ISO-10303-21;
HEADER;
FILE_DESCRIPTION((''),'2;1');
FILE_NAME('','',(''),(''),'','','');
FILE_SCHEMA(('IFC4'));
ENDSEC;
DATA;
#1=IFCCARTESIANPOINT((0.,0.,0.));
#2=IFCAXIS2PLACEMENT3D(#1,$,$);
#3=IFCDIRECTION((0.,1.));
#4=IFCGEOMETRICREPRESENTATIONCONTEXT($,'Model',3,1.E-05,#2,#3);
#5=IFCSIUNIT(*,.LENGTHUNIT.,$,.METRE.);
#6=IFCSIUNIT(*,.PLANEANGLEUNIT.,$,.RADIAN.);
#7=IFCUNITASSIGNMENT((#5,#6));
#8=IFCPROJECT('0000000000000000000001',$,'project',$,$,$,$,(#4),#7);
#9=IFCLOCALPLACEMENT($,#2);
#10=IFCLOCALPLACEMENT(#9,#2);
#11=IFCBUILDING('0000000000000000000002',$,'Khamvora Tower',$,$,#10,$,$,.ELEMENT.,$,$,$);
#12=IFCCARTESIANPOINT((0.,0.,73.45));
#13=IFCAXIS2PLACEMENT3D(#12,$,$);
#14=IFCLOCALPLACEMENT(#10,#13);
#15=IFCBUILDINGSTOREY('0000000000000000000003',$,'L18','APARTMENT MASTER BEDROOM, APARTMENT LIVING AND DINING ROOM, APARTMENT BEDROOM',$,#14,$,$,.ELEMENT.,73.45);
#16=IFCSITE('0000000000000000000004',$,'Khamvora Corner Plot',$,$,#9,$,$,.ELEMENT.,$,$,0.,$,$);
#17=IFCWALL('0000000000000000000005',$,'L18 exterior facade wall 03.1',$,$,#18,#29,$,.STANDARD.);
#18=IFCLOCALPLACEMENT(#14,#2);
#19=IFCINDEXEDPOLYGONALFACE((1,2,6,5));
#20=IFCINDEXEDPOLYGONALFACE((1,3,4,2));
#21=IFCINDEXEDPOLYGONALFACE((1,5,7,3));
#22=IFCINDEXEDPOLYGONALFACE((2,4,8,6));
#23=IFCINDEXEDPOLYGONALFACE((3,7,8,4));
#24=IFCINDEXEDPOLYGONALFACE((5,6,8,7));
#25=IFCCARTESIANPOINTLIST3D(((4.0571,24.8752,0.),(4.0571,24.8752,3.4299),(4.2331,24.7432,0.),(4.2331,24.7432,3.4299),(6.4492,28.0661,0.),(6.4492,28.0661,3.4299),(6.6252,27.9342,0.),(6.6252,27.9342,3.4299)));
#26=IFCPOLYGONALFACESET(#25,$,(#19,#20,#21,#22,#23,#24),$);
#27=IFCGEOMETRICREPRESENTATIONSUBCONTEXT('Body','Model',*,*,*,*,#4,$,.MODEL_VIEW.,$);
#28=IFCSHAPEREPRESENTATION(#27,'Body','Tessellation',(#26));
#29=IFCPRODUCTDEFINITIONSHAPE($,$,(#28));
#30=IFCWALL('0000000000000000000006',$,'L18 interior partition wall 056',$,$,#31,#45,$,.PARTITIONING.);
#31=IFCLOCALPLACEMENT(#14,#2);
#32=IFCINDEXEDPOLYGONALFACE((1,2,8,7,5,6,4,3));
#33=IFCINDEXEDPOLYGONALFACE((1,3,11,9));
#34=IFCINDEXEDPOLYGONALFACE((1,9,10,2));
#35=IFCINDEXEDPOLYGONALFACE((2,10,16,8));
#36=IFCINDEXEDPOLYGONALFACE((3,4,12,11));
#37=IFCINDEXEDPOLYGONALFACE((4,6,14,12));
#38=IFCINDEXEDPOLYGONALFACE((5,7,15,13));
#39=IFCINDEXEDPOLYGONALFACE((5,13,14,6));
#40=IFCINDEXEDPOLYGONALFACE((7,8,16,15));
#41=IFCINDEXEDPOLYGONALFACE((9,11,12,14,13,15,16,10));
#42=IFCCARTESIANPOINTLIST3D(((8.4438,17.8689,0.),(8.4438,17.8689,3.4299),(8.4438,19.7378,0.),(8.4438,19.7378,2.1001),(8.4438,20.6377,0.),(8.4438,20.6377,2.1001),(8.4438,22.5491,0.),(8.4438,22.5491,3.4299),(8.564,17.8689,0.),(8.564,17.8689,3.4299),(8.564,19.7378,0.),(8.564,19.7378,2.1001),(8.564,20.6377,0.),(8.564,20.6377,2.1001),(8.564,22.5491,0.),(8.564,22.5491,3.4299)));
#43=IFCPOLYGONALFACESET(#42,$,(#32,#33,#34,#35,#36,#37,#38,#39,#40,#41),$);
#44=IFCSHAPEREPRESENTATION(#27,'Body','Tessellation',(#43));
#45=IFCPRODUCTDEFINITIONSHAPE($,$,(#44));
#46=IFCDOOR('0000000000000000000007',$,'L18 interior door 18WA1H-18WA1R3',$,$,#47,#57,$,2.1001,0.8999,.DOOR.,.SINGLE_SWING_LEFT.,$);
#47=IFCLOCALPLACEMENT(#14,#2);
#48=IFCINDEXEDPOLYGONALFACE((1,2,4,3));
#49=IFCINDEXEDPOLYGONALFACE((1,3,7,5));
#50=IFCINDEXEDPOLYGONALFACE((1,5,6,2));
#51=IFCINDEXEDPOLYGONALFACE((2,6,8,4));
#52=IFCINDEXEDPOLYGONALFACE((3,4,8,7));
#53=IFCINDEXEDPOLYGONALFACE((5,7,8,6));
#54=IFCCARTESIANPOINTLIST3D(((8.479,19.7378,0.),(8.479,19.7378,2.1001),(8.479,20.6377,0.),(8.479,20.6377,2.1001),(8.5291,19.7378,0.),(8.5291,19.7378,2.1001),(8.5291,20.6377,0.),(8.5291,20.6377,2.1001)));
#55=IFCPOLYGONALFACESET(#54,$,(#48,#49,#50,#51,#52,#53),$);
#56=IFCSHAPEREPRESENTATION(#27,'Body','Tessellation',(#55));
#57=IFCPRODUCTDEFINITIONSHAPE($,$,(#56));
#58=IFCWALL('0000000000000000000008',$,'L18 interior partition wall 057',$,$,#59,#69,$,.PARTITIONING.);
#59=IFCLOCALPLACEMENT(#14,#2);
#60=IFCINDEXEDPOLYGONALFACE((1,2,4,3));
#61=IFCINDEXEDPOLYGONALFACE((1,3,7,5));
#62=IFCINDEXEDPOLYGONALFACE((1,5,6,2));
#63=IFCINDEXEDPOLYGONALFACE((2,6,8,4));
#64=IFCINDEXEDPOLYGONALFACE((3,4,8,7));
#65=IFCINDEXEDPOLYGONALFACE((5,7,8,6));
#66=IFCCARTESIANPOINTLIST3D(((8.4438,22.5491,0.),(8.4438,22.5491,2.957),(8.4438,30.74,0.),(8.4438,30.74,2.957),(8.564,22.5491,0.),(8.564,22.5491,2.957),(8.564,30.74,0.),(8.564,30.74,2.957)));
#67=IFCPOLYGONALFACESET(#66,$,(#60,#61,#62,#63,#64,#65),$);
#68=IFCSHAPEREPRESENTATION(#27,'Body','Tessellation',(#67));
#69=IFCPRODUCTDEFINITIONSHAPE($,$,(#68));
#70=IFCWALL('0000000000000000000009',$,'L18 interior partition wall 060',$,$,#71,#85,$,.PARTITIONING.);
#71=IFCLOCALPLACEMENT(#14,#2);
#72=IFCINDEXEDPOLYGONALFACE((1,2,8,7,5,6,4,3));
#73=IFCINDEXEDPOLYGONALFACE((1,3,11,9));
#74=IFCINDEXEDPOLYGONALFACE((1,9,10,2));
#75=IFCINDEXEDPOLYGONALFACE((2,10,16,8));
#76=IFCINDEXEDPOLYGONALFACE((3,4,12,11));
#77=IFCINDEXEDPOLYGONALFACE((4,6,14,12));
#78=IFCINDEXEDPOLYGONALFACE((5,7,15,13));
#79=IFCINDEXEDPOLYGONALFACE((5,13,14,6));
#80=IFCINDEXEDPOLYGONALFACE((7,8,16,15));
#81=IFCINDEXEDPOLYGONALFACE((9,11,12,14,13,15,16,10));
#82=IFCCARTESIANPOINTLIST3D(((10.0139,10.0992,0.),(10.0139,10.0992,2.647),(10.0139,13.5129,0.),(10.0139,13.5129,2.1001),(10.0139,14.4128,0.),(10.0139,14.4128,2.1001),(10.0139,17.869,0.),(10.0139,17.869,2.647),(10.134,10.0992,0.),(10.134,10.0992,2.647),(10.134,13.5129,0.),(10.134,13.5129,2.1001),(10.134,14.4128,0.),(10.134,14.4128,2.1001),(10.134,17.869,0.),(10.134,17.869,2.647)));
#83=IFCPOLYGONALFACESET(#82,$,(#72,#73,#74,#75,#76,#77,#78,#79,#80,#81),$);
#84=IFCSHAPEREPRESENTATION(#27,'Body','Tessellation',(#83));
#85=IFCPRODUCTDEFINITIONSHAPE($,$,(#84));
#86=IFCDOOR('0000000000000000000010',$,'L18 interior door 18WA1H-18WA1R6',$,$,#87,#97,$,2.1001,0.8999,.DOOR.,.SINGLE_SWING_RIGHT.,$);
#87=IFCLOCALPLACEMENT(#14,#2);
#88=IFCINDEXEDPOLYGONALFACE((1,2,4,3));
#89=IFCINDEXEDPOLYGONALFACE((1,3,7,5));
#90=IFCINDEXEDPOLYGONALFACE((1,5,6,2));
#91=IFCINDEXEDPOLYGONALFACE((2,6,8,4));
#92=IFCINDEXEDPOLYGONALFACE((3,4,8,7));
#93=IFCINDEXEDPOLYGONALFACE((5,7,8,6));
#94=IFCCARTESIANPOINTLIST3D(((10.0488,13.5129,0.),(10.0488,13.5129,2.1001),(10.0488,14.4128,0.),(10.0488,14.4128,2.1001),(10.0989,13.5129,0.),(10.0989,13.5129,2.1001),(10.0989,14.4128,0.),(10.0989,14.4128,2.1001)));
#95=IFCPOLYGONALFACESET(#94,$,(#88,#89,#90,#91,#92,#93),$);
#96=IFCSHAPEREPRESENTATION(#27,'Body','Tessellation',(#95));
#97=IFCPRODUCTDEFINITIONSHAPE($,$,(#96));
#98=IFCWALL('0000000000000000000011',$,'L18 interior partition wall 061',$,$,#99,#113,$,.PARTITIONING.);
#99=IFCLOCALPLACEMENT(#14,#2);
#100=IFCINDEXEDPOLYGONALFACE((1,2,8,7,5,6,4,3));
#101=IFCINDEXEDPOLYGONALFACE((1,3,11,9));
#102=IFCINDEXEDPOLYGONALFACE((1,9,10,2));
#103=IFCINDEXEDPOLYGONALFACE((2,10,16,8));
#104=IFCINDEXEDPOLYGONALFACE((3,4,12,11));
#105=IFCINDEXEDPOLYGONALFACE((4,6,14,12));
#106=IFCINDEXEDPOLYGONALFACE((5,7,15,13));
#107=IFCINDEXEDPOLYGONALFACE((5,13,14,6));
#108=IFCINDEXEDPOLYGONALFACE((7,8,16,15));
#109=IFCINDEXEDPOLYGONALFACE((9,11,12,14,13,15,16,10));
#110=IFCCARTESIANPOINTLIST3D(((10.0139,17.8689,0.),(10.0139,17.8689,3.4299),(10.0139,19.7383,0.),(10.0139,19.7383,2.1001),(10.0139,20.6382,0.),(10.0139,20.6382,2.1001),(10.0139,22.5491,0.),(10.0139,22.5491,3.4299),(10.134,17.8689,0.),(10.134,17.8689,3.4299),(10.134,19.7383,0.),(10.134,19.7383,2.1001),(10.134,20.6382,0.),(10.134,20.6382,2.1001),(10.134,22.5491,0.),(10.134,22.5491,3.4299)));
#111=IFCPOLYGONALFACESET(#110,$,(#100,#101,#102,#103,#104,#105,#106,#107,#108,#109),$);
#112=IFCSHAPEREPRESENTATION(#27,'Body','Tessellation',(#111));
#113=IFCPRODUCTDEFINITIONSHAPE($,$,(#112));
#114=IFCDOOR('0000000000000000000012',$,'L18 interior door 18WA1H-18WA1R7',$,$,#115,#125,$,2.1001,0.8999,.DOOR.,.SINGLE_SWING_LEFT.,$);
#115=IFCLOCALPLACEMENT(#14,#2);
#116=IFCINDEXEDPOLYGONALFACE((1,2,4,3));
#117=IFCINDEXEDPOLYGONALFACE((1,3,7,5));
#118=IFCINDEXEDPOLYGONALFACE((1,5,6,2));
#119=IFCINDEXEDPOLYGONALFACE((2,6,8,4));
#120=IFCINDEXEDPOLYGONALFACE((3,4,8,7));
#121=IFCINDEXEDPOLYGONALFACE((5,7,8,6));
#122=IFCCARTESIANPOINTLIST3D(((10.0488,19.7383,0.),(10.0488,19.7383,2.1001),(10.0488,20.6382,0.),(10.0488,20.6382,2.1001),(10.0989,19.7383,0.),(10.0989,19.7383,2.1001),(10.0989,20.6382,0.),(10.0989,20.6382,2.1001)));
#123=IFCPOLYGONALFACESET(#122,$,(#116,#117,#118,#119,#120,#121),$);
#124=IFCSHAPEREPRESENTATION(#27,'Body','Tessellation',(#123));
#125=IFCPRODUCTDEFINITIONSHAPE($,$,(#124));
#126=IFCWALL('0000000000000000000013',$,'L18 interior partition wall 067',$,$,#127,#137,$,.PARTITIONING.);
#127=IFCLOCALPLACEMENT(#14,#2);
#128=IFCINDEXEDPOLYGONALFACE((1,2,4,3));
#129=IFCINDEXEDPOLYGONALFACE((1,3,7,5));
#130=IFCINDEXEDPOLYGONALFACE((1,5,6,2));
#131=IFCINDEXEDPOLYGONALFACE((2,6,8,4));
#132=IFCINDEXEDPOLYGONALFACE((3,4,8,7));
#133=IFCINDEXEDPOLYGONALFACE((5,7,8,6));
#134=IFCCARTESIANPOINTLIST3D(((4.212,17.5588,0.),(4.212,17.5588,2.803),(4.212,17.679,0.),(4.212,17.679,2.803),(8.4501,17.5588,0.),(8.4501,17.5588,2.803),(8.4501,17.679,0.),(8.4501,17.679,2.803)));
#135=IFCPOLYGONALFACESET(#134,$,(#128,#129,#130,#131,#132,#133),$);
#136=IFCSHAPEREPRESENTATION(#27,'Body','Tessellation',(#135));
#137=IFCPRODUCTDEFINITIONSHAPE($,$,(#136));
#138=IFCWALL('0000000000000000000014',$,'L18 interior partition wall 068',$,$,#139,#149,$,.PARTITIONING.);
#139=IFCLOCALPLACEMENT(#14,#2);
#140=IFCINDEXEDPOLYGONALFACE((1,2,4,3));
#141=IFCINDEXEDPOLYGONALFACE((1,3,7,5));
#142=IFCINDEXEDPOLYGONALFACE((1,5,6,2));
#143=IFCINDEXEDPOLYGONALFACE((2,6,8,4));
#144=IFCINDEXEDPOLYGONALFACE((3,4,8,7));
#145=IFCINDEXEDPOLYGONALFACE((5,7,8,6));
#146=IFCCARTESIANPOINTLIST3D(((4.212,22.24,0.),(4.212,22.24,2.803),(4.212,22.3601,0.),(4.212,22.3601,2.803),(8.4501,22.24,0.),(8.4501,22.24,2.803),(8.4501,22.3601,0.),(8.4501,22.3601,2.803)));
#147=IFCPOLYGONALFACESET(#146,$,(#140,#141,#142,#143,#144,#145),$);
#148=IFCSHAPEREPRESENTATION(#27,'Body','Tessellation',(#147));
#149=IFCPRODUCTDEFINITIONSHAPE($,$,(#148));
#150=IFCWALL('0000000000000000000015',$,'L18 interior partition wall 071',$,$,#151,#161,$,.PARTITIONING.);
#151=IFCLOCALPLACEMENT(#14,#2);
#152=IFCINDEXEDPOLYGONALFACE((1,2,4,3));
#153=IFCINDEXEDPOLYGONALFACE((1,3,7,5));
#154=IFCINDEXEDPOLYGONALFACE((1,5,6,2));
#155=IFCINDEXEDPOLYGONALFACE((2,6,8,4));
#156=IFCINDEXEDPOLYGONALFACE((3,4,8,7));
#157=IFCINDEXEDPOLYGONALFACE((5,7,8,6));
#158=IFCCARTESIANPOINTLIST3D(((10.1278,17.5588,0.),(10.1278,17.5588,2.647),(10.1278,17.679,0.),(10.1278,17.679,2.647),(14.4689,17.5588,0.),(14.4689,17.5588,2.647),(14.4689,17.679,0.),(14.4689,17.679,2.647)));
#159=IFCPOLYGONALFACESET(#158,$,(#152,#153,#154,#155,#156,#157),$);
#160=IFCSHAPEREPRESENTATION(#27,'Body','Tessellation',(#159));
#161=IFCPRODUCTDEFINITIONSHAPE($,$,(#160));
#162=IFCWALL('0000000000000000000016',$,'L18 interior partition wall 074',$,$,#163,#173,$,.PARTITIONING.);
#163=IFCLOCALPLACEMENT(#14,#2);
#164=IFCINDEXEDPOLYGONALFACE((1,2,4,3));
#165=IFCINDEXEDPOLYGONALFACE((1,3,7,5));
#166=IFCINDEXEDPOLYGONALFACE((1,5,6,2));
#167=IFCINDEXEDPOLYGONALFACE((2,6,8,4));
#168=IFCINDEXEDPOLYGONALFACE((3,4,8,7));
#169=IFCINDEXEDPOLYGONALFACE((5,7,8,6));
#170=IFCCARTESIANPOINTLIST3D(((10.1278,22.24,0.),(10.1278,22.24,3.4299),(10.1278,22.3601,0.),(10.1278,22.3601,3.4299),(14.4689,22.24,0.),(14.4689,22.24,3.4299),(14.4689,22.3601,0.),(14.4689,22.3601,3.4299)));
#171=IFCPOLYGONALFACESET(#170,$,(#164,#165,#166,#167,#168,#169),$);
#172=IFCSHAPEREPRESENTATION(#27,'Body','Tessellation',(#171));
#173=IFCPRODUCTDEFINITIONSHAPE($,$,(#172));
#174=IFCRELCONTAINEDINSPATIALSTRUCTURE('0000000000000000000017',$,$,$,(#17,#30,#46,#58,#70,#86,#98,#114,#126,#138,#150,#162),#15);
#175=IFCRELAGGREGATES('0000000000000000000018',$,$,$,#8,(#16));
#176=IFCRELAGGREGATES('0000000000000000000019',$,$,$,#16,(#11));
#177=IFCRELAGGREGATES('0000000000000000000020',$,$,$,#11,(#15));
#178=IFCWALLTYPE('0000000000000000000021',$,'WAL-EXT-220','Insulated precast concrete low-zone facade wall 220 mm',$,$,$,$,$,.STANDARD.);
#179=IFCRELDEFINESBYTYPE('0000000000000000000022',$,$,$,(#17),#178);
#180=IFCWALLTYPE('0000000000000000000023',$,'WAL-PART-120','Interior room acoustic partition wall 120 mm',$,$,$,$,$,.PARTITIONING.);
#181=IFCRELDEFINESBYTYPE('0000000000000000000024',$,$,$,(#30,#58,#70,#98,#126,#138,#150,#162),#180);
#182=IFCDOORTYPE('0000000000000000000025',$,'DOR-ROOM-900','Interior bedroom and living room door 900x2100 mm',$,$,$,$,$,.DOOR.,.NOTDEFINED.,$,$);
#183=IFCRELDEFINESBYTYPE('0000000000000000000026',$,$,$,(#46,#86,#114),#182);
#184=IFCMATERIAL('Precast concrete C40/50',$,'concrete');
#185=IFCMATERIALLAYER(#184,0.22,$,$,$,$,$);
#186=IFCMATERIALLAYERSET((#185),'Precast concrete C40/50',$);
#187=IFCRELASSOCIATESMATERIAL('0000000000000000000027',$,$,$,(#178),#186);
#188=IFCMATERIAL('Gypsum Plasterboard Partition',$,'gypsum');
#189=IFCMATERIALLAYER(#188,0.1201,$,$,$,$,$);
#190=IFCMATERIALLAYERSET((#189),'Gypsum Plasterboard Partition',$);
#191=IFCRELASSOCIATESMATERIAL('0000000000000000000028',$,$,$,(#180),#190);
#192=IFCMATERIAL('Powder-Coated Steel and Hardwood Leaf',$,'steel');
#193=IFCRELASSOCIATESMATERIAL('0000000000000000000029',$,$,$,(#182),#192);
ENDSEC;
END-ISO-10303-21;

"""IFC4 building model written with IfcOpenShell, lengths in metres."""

from ifc_helpers import new_model, si_unit, direction, frame, frame_2d, origin, place, context, subcontext, project, spatial, rectangle, extrude, material, layer, layer_set, type_object, element, fill, save


model = new_model("IFC4")

# Units and contexts
model_context = context("Model", 3, precision=1e-05, world=origin(), true_north=direction((0.0, 1.0)))
body_context = subcontext(model_context, "Body", "Model", "MODEL_VIEW")
ifc_project = project(units=[si_unit("LENGTHUNIT", "METRE"), si_unit("PLANEANGLEUNIT", "RADIAN")], contexts=[model_context])

# Site, building, storey
site_placement = place(None, origin())
site = spatial("IfcSite", under=ifc_project, at=site_placement, Name="Khamvora Corner Plot", CompositionType="ELEMENT", RefElevation=0.0)
building_placement = place(site_placement, origin())
building = spatial("IfcBuilding", under=site, at=building_placement, Name="Khamvora Tower", CompositionType="ELEMENT")
storey_placement = place(building_placement, frame((0.0, 0.0, 73.45)))
storey = spatial("IfcBuildingStorey", under=building, at=storey_placement, Name="L18", Description="APARTMENT MASTER BEDROOM, APARTMENT LIVING AND DINING ROOM, APARTMENT BEDROOM", CompositionType="ELEMENT", Elevation=73.45)

# Wall
ifc_material_1 = material(Name="Precast concrete C40/50", Category="concrete")
ifc_layer_1 = layer(ifc_material_1, 0.22)
ifc_layer_set_1 = layer_set([ifc_layer_1], Name="Precast concrete C40/50")
wall_type_1 = type_object("IfcWallType", Name="WAL-EXT-220", Description="Insulated precast concrete low-zone facade wall 220 mm", PredefinedType="STANDARD", material=ifc_layer_set_1)
wall_1_placement = place(storey_placement, frame((4.145, 24.8091, 0.0), z_axis=(0.0, 0.0, 1.0), x_axis=(0.599824, 0.800132, 0.0)))
element("IfcWall", 1, at=wall_1_placement, inside=storey, type_object=wall_type_1, Name="L18 exterior facade wall 03.1", PredefinedType="STANDARD", context=body_context, shape_type="SweptSolid", body=[
    extrude(rectangle(XDim=3.988, YDim=0.22, at=frame_2d((1.9941, 0.0))), origin(), (0.0, 0.0, 1.0), 3.4299),
])

# Wall, opening, door
ifc_material_2 = material(Name="Gypsum Plasterboard Partition", Category="gypsum")
ifc_layer_2 = layer(ifc_material_2, 0.1201)
ifc_layer_set_2 = layer_set([ifc_layer_2], Name="Gypsum Plasterboard Partition")
wall_type_2 = type_object("IfcWallType", Name="WAL-PART-120", Description="Interior room acoustic partition wall 120 mm", PredefinedType="PARTITIONING", material=ifc_layer_set_2)
wall_2_placement = place(storey_placement, frame((8.5039, 17.8689, 0.0), z_axis=(0.0, 0.0, 1.0), x_axis=(0.0, 1.0, 0.0)))
wall_2 = element("IfcWall", 2, at=wall_2_placement, inside=storey, type_object=wall_type_2, Name="L18 interior partition wall 056", PredefinedType="PARTITIONING", context=body_context, shape_type="SweptSolid", body=[
    extrude(rectangle(XDim=4.6802, YDim=0.1201, at=frame_2d((2.3401, 0.0))), origin(), (0.0, 0.0, 1.0), 3.4299),
])
opening_1_placement = place(wall_2_placement, frame((1.8689, 0.0, 0.0)))
opening_1 = element("IfcOpeningElement", 3, at=opening_1_placement, cuts=wall_2, PredefinedType="OPENING", context=body_context, shape_type="SweptSolid", body=[
    extrude(rectangle(XDim=0.8999, YDim=2.1001, at=frame_2d((0.45, 1.05))), frame((0.0, 0.0701, 0.0), z_axis=(0.0, -1.0, 0.0), x_axis=(1.0, 0.0, 0.0)), (0.0, 0.0, 1.0), 0.1401),
])
ifc_material_3 = material(Name="Powder-Coated Steel and Hardwood Leaf", Category="steel")
door_type = type_object("IfcDoorType", Name="DOR-ROOM-900", Description="Interior bedroom and living room door 900x2100 mm", OperationType="NOTDEFINED", PredefinedType="DOOR", material=ifc_material_3)
door_1_placement = place(opening_1_placement, origin())
door_1 = element("IfcDoor", 4, at=door_1_placement, inside=storey, type_object=door_type, Name="L18 interior door 18WA1H-18WA1R3", OperationType="SINGLE_SWING_LEFT", OverallHeight=2.1001, OverallWidth=0.8999, PredefinedType="DOOR", context=body_context, shape_type="SweptSolid", body=[
    extrude(rectangle(XDim=0.8999, YDim=2.1001, at=frame_2d((0.45, 1.05))), frame((0.0, 0.0249, 0.0), z_axis=(0.0, -1.0, 0.0), x_axis=(1.0, 0.0, 0.0)), (0.0, 0.0, 1.0), 0.05),
])
fill(opening_1, door_1)

# Wall
wall_3_placement = place(storey_placement, frame((8.5039, 22.5491, 0.0), z_axis=(0.0, 0.0, 1.0), x_axis=(0.0, 1.0, 0.0)))
element("IfcWall", 5, at=wall_3_placement, inside=storey, type_object=wall_type_2, Name="L18 interior partition wall 057", PredefinedType="PARTITIONING", context=body_context, shape_type="SweptSolid", body=[
    extrude(rectangle(XDim=8.1909, YDim=0.1201, at=frame_2d((4.0955, 0.0))), origin(), (0.0, 0.0, 1.0), 2.957),
])

# Walls, openings, doors
wall_4_placement = place(storey_placement, frame((10.074, 17.8689, 0.0), z_axis=(0.0, 0.0, 1.0), x_axis=(0.0, -1.0, 0.0)))
wall_4 = element("IfcWall", 6, at=wall_4_placement, inside=storey, type_object=wall_type_2, Name="L18 interior partition wall 060", PredefinedType="PARTITIONING", context=body_context, shape_type="SweptSolid", body=[
    extrude(rectangle(XDim=7.7698, YDim=0.1201, at=frame_2d((3.8848, 0.0))), origin(), (0.0, 0.0, 1.0), 2.647),
])
opening_2_placement = place(wall_4_placement, frame((3.4561, 0.0, 0.0)))
opening_2 = element("IfcOpeningElement", 7, at=opening_2_placement, cuts=wall_4, PredefinedType="OPENING", context=body_context, shape_type="SweptSolid", body=[
    extrude(rectangle(XDim=0.8999, YDim=2.1001, at=frame_2d((0.45, 1.05))), frame((0.0, 0.0701, 0.0), z_axis=(0.0, -1.0, 0.0), x_axis=(1.0, 0.0, 0.0)), (0.0, 0.0, 1.0), 0.1401),
])
door_2_placement = place(opening_2_placement, origin())
door_2 = element("IfcDoor", 8, at=door_2_placement, inside=storey, type_object=door_type, Name="L18 interior door 18WA1H-18WA1R6", OperationType="SINGLE_SWING_RIGHT", OverallHeight=2.1001, OverallWidth=0.8999, PredefinedType="DOOR", context=body_context, shape_type="SweptSolid", body=[
    extrude(rectangle(XDim=0.8999, YDim=2.1001, at=frame_2d((0.45, 1.05))), frame((0.0, 0.0249, 0.0), z_axis=(0.0, -1.0, 0.0), x_axis=(1.0, 0.0, 0.0)), (0.0, 0.0, 1.0), 0.05),
])
fill(opening_2, door_2)
wall_5_placement = place(storey_placement, frame((10.074, 22.5491, 0.0), z_axis=(0.0, 0.0, 1.0), x_axis=(0.0, -1.0, 0.0)))
wall_5 = element("IfcWall", 9, at=wall_5_placement, inside=storey, type_object=wall_type_2, Name="L18 interior partition wall 061", PredefinedType="PARTITIONING", context=body_context, shape_type="SweptSolid", body=[
    extrude(rectangle(XDim=4.6802, YDim=0.1201, at=frame_2d((2.3401, 0.0))), origin(), (0.0, 0.0, 1.0), 3.4299),
])
opening_3_placement = place(wall_5_placement, frame((1.9109, 0.0, 0.0)))
opening_3 = element("IfcOpeningElement", 10, at=opening_3_placement, cuts=wall_5, PredefinedType="OPENING", context=body_context, shape_type="SweptSolid", body=[
    extrude(rectangle(XDim=0.8999, YDim=2.1001, at=frame_2d((0.45, 1.05))), frame((0.0, 0.0701, 0.0), z_axis=(0.0, -1.0, 0.0), x_axis=(1.0, 0.0, 0.0)), (0.0, 0.0, 1.0), 0.1401),
])
door_3_placement = place(opening_3_placement, origin())
door_3 = element("IfcDoor", 11, at=door_3_placement, inside=storey, type_object=door_type, Name="L18 interior door 18WA1H-18WA1R7", OperationType="SINGLE_SWING_LEFT", OverallHeight=2.1001, OverallWidth=0.8999, PredefinedType="DOOR", context=body_context, shape_type="SweptSolid", body=[
    extrude(rectangle(XDim=0.8999, YDim=2.1001, at=frame_2d((0.45, 1.05))), frame((0.0, 0.0249, 0.0), z_axis=(0.0, -1.0, 0.0), x_axis=(1.0, 0.0, 0.0)), (0.0, 0.0, 1.0), 0.05),
])
fill(opening_3, door_3)

# Walls
for number, where, z_axis, x_axis, name in (
    (12, (4.2119, 17.6189, 0.0), (0.0, 0.0, 1.0), (1.0, 0.0, 0.0), "L18 interior partition wall 067"),
    (13, (4.2119, 22.3, 0.0), (0.0, 0.0, 1.0), (1.0, 0.0, 0.0), "L18 interior partition wall 068"),
):
    element("IfcWall", number, at=place(storey_placement, frame(where, z_axis=z_axis, x_axis=x_axis)), inside=storey, type_object=wall_type_2, Name=name, PredefinedType="PARTITIONING", context=body_context, shape_type="SweptSolid", body=[
        extrude(rectangle(XDim=4.238, YDim=0.1201, at=frame_2d((2.1191, 0.0))), origin(), (0.0, 0.0, 1.0), 2.803),
    ])
wall_6_placement = place(storey_placement, frame((10.1279, 17.6189, 0.0), z_axis=(0.0, 0.0, 1.0), x_axis=(1.0, 0.0, 0.0)))
element("IfcWall", 14, at=wall_6_placement, inside=storey, type_object=wall_type_2, Name="L18 interior partition wall 071", PredefinedType="PARTITIONING", context=body_context, shape_type="SweptSolid", body=[
    extrude(rectangle(XDim=4.3411, YDim=0.1201, at=frame_2d((2.1704, 0.0))), origin(), (0.0, 0.0, 1.0), 2.647),
])
wall_7_placement = place(storey_placement, frame((10.1279, 22.3, 0.0), z_axis=(0.0, 0.0, 1.0), x_axis=(1.0, 0.0, 0.0)))
element("IfcWall", 15, at=wall_7_placement, inside=storey, type_object=wall_type_2, Name="L18 interior partition wall 074", PredefinedType="PARTITIONING", context=body_context, shape_type="SweptSolid", body=[
    extrude(rectangle(XDim=4.3411, YDim=0.1201, at=frame_2d((2.1704, 0.0))), origin(), (0.0, 0.0, 1.0), 3.4299),
])

save(model, "model.ifc")
